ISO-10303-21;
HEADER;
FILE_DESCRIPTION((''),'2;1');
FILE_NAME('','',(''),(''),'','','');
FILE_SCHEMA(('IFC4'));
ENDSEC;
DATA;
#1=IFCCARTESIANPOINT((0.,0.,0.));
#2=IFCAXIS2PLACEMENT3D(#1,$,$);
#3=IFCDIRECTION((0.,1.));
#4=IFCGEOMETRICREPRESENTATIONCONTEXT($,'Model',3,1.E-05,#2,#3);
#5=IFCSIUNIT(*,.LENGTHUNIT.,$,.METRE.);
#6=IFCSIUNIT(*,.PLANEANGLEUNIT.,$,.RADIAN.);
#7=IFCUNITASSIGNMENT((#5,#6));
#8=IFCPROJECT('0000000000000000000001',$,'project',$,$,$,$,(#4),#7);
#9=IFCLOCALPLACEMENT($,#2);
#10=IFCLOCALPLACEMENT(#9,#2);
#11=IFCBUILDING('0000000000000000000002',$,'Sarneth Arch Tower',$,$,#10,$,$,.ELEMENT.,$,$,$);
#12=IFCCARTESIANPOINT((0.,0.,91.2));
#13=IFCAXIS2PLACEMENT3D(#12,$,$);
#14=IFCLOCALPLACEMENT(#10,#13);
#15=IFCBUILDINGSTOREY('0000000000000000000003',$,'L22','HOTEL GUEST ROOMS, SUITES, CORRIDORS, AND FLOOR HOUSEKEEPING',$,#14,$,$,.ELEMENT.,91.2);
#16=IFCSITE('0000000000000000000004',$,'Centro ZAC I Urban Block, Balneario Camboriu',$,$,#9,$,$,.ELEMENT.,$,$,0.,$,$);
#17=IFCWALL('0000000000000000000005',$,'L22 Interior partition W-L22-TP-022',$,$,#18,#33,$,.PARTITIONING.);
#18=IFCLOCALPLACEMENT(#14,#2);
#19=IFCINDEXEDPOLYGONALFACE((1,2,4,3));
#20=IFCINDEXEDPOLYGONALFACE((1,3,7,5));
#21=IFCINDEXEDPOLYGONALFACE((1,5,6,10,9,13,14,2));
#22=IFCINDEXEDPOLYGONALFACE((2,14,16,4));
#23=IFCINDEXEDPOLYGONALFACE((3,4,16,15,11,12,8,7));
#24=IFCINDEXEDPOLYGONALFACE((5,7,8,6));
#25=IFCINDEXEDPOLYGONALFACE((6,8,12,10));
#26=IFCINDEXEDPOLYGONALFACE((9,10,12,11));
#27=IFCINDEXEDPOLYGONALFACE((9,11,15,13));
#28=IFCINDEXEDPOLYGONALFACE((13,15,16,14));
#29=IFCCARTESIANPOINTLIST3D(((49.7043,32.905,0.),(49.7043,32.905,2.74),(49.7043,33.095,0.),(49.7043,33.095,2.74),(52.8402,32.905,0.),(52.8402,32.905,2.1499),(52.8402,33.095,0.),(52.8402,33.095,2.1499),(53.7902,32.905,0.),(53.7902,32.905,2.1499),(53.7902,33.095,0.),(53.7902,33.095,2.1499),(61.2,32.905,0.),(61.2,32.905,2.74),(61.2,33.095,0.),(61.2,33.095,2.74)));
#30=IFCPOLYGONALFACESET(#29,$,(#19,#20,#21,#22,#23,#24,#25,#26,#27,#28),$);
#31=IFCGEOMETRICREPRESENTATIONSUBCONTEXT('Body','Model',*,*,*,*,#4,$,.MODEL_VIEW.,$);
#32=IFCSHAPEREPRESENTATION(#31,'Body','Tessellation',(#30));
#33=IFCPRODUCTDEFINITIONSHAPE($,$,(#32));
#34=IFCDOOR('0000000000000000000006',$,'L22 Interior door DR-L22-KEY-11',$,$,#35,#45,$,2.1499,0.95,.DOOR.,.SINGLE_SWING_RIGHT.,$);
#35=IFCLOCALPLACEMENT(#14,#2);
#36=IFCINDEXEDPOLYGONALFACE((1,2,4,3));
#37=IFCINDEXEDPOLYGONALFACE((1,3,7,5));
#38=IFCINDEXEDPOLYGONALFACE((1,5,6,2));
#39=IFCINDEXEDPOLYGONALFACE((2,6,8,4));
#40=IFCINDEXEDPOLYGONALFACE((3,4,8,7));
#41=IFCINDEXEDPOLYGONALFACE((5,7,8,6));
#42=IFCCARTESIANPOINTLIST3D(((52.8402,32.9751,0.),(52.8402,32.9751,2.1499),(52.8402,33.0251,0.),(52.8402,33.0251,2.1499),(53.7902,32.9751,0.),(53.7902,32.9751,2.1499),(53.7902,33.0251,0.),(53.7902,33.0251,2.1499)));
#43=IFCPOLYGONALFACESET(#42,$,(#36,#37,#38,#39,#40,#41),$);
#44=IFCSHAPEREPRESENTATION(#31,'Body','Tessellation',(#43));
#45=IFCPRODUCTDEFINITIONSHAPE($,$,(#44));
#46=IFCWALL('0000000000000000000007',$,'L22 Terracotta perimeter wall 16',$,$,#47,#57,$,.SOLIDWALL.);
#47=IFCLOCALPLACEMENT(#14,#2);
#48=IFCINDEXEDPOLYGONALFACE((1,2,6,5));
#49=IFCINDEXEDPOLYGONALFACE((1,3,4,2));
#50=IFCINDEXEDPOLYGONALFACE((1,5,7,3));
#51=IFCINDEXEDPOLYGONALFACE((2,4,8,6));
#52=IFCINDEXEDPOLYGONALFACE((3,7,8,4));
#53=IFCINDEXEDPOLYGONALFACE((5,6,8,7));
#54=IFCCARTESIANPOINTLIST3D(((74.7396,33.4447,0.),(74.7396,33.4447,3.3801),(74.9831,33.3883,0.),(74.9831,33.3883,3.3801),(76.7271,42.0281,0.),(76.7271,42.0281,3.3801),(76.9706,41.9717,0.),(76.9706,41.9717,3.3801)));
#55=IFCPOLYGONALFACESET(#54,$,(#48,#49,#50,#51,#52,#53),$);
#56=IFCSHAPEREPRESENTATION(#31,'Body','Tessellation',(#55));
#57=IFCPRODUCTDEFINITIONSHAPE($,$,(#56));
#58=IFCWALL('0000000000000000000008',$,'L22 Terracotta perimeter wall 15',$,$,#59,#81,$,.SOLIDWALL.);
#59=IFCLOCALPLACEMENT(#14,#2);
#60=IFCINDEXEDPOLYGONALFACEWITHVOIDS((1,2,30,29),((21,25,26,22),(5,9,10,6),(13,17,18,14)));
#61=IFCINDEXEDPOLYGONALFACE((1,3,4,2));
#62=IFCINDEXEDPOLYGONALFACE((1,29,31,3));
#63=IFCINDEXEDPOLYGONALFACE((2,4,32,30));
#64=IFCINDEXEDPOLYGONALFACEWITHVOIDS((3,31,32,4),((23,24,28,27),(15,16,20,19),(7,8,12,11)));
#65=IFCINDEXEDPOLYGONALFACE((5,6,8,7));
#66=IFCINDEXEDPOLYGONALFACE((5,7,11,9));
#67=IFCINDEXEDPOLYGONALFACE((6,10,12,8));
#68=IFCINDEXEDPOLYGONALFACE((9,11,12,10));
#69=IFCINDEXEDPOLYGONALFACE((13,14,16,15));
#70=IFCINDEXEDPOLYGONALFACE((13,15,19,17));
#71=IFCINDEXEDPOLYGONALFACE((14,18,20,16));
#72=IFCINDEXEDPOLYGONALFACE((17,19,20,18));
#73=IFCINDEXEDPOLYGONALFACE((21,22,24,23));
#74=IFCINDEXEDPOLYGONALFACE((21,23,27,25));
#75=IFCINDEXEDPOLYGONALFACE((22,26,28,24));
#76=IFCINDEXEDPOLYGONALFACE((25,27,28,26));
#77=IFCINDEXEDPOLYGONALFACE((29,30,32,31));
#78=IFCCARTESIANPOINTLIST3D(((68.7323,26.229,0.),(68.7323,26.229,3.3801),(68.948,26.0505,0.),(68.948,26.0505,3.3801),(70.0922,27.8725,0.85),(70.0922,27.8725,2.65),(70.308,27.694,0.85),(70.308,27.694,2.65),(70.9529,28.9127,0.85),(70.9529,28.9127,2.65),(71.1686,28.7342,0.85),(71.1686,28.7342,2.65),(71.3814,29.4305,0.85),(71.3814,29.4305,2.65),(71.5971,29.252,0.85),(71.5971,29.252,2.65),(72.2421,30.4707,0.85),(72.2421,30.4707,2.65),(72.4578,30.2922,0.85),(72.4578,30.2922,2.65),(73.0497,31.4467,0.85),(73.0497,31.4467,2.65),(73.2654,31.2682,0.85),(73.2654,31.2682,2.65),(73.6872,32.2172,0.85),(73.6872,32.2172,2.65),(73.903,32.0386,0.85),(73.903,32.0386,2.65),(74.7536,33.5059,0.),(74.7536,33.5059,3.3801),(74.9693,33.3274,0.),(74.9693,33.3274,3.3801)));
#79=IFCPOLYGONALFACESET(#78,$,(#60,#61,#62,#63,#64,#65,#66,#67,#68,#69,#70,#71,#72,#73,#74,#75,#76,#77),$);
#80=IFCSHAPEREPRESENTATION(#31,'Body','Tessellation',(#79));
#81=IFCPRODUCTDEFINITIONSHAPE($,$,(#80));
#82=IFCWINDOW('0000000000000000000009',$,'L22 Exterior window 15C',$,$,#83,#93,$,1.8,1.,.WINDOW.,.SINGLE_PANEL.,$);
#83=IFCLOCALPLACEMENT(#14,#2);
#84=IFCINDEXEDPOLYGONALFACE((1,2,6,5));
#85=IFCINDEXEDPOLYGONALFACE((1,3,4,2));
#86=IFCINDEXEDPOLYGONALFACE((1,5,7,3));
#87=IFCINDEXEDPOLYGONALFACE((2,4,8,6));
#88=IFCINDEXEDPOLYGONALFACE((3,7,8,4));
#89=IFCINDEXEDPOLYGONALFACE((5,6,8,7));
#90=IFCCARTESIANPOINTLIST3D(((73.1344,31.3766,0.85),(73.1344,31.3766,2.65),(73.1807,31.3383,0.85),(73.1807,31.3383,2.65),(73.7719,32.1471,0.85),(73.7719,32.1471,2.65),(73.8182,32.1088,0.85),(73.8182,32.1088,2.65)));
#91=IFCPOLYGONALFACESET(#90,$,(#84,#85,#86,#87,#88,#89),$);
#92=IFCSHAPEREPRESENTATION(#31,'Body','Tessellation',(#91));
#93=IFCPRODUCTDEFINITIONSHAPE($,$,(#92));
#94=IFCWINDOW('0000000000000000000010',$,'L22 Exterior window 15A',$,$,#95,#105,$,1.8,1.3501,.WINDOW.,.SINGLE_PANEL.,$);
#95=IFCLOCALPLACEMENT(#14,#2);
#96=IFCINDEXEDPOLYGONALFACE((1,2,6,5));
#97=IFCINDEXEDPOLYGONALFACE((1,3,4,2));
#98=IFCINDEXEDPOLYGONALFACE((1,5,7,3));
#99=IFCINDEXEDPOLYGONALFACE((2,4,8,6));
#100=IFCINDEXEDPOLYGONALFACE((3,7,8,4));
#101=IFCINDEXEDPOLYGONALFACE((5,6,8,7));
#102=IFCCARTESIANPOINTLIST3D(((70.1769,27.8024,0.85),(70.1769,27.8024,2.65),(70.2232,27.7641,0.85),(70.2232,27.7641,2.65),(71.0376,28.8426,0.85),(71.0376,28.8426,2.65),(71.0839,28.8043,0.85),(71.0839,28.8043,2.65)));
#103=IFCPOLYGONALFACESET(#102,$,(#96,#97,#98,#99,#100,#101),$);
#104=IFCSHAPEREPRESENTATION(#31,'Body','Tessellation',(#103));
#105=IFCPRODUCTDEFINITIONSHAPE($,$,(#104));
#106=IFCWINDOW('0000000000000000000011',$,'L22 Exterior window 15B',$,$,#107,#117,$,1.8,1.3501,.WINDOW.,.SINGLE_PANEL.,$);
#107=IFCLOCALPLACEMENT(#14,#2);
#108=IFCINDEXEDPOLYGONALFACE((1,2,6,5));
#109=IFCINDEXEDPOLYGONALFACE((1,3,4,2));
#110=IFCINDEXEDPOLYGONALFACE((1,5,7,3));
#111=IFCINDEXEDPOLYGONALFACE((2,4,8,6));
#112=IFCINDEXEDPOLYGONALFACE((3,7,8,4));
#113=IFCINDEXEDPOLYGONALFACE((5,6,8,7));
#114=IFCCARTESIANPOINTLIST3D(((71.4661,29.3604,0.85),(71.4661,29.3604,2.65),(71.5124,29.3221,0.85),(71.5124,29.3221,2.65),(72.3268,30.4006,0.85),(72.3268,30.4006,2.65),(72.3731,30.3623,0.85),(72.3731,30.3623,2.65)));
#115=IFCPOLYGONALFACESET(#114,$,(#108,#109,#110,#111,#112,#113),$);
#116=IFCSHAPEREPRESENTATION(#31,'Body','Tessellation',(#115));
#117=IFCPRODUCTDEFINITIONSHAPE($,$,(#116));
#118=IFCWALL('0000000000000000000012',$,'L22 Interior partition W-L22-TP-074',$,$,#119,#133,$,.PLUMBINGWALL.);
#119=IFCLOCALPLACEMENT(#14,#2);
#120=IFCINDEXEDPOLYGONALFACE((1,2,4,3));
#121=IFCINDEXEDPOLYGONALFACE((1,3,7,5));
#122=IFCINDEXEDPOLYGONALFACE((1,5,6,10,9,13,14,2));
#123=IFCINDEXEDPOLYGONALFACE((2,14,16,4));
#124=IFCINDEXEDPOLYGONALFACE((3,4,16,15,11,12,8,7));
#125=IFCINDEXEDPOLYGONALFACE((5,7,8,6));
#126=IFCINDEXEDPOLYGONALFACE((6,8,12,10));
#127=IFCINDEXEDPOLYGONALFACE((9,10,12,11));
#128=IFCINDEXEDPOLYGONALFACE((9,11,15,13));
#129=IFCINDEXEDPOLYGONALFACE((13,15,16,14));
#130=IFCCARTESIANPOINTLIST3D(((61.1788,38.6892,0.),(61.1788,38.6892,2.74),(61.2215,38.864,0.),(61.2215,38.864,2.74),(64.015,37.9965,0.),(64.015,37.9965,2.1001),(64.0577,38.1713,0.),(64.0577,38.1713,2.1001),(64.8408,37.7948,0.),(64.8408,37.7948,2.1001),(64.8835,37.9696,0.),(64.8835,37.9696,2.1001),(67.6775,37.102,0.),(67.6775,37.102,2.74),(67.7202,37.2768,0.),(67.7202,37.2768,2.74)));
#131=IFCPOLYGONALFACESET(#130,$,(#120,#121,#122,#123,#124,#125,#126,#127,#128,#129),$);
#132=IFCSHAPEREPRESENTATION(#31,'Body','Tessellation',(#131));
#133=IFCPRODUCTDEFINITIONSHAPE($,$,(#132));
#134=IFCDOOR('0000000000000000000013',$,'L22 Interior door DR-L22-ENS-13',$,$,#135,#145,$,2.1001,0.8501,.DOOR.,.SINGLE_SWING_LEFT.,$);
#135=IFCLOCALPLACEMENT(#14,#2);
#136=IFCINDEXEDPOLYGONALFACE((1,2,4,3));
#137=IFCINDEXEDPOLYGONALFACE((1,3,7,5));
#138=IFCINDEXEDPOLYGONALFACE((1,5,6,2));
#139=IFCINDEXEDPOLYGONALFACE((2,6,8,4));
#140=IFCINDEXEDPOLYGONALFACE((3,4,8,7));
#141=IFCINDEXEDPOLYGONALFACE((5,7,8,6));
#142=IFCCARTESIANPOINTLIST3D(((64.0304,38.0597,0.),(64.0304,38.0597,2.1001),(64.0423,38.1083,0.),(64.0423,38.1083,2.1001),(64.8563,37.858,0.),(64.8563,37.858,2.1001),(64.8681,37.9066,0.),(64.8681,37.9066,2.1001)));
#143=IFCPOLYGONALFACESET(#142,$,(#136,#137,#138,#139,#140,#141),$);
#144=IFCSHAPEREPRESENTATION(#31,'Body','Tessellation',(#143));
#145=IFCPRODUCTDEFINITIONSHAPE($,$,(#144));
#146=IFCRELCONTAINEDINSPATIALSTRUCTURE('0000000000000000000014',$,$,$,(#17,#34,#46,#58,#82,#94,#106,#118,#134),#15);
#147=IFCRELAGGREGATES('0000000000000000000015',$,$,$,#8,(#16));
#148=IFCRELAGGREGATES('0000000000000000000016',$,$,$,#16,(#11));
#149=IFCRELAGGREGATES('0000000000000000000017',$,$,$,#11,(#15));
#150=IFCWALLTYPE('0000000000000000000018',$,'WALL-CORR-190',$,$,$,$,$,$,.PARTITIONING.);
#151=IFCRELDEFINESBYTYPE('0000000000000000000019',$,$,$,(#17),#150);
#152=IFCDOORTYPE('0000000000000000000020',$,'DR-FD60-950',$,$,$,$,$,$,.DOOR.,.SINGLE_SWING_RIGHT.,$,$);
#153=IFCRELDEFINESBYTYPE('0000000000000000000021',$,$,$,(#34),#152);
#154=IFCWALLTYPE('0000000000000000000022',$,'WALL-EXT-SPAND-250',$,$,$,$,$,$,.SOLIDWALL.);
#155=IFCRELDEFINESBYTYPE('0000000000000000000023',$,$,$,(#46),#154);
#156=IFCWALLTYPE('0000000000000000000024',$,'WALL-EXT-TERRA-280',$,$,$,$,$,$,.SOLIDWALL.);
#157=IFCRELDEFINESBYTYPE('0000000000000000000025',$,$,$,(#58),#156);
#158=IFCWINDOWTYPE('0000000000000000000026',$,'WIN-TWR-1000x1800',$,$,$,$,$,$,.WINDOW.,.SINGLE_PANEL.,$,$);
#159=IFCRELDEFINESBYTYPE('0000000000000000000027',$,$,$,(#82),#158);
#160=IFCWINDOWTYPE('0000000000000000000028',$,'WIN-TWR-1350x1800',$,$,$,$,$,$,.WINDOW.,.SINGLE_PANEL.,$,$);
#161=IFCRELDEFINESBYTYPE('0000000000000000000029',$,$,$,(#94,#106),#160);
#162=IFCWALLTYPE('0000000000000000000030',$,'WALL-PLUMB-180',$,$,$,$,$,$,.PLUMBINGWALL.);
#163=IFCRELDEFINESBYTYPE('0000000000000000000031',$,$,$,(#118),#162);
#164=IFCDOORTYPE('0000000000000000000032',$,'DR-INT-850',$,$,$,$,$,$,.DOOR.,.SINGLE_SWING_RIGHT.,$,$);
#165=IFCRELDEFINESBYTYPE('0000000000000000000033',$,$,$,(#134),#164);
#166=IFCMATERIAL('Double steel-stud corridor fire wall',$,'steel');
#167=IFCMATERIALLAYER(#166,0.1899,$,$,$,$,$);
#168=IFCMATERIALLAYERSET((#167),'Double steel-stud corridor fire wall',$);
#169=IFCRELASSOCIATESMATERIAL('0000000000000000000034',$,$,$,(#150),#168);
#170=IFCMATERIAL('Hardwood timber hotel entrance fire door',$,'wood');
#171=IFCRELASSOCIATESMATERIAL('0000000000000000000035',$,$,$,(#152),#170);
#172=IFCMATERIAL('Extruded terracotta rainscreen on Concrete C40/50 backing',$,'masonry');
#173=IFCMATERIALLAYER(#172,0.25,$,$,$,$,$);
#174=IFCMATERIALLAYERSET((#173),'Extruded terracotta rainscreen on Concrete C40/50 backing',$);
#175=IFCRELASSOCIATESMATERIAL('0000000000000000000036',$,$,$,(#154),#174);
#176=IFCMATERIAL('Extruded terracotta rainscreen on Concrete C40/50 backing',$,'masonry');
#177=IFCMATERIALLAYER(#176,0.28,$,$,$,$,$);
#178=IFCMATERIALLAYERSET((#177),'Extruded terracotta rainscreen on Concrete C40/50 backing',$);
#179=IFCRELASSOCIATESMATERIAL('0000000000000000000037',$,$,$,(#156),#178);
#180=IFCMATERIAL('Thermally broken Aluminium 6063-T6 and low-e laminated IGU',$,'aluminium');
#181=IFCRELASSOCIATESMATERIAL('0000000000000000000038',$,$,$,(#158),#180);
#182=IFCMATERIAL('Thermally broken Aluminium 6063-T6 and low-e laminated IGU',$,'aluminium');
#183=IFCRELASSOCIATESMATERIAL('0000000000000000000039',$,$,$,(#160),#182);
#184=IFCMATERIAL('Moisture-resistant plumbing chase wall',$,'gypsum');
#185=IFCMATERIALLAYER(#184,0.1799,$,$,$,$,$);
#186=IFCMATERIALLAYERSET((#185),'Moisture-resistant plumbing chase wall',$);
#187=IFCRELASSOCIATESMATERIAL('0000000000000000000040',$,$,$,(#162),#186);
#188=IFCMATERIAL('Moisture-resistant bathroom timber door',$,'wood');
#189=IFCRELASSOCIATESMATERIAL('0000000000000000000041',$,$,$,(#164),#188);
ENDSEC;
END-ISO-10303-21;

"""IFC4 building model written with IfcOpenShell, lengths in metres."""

from ifc_helpers import new_model, si_unit, direction, frame, frame_2d, origin, place, context, subcontext, project, spatial, rectangle, extrude, material, layer, layer_set, type_object, element, fill, save


model = new_model("IFC4")

# Units and contexts
model_context = context("Model", 3, precision=1e-05, world=origin(), true_north=direction((0.0, 1.0)))
body_context = subcontext(model_context, "Body", "Model", "MODEL_VIEW")
ifc_project = project(units=[si_unit("LENGTHUNIT", "METRE"), si_unit("PLANEANGLEUNIT", "RADIAN")], contexts=[model_context])

# Site, building, storey
site_placement = place(None, origin())
site = spatial("IfcSite", under=ifc_project, at=site_placement, Name="Centro ZAC I Urban Block, Balneario Camboriu", CompositionType="ELEMENT", RefElevation=0.0)
building_placement = place(site_placement, origin())
building = spatial("IfcBuilding", under=site, at=building_placement, Name="Sarneth Arch Tower", CompositionType="ELEMENT")
storey_placement = place(building_placement, frame((0.0, 0.0, 91.2)))
storey = spatial("IfcBuildingStorey", under=building, at=storey_placement, Name="L22", Description="HOTEL GUEST ROOMS, SUITES, CORRIDORS, AND FLOOR HOUSEKEEPING", CompositionType="ELEMENT", Elevation=91.2)

# Wall, opening, door
ifc_material_1 = material(Name="Double steel-stud corridor fire wall", Category="steel")
ifc_layer_1 = layer(ifc_material_1, 0.1899)
ifc_layer_set_1 = layer_set([ifc_layer_1], Name="Double steel-stud corridor fire wall")
wall_type_1 = type_object("IfcWallType", Name="WALL-CORR-190", PredefinedType="PARTITIONING", material=ifc_layer_set_1)
wall_1_placement = place(storey_placement, frame((61.2, 33.0, 0.0), z_axis=(0.0, 0.0, 1.0), x_axis=(-1.0, 0.0, 0.0)))
wall_1 = element("IfcWall", 1, at=wall_1_placement, inside=storey, type_object=wall_type_1, Name="L22 Interior partition W-L22-TP-022", PredefinedType="PARTITIONING", context=body_context, shape_type="SweptSolid", body=[
    extrude(rectangle(XDim=11.4956, YDim=0.1899, at=frame_2d((5.7478, 0.0))), origin(), (0.0, 0.0, 1.0), 2.74),
])
opening_1_placement = place(wall_1_placement, frame((7.4097, 0.0, 0.0)))
opening_1 = element("IfcOpeningElement", 2, at=opening_1_placement, cuts=wall_1, PredefinedType="OPENING", context=body_context, shape_type="SweptSolid", body=[
    extrude(rectangle(XDim=0.95, YDim=2.1499, at=frame_2d((0.4751, 1.075))), frame((0.0, 0.105, 0.0), z_axis=(0.0, -1.0, 0.0), x_axis=(1.0, 0.0, 0.0)), (0.0, 0.0, 1.0), 0.21),
])
ifc_material_2 = material(Name="Hardwood timber hotel entrance fire door", Category="wood")
door_type_1 = type_object("IfcDoorType", Name="DR-FD60-950", OperationType="SINGLE_SWING_RIGHT", PredefinedType="DOOR", material=ifc_material_2)
door_1_placement = place(opening_1_placement, origin())
door_1 = element("IfcDoor", 3, at=door_1_placement, inside=storey, type_object=door_type_1, Name="L22 Interior door DR-L22-KEY-11", OperationType="SINGLE_SWING_RIGHT", OverallHeight=2.1499, OverallWidth=0.95, PredefinedType="DOOR", context=body_context, shape_type="SweptSolid", body=[
    extrude(rectangle(XDim=0.95, YDim=2.1499, at=frame_2d((0.4751, 1.075))), frame((0.0, 0.0249, 0.0), z_axis=(0.0, -1.0, 0.0), x_axis=(1.0, 0.0, 0.0)), (0.0, 0.0, 1.0), 0.05),
])
fill(opening_1, door_1)

# Wall
ifc_material_3 = material(Name="Extruded terracotta rainscreen on Concrete C40/50 backing", Category="masonry")
ifc_layer_2 = layer(ifc_material_3, 0.25)
ifc_layer_set_2 = layer_set([ifc_layer_2], Name="Extruded terracotta rainscreen on Concrete C40/50 backing")
wall_type_2 = type_object("IfcWallType", Name="WALL-EXT-SPAND-250", PredefinedType="SOLIDWALL", material=ifc_layer_set_2)
wall_2_placement = place(storey_placement, frame((74.8613, 33.4165, 0.0), z_axis=(0.0, 0.0, 1.0), x_axis=(0.225586, 0.974223, 0.0)))
element("IfcWall", 4, at=wall_2_placement, inside=storey, type_object=wall_type_2, Name="L22 Terracotta perimeter wall 16", PredefinedType="SOLIDWALL", context=body_context, shape_type="SweptSolid", body=[
    extrude(rectangle(XDim=8.8105, YDim=0.25, at=frame_2d((4.4053, 0.0))), origin(), (0.0, 0.0, 1.0), 3.3801),
])

# Wall, openings, windows
ifc_material_4 = material(Name="Extruded terracotta rainscreen on Concrete C40/50 backing", Category="masonry")
ifc_layer_3 = layer(ifc_material_4, 0.28)
ifc_layer_set_3 = layer_set([ifc_layer_3], Name="Extruded terracotta rainscreen on Concrete C40/50 backing")
wall_type_3 = type_object("IfcWallType", Name="WALL-EXT-TERRA-280", PredefinedType="SOLIDWALL", material=ifc_layer_set_3)
wall_3_placement = place(storey_placement, frame((68.8401, 26.1396, 0.0), z_axis=(0.0, 0.0, 1.0), x_axis=(0.637506, 0.770446, 0.0)))
wall_3 = element("IfcWall", 5, at=wall_3_placement, inside=storey, type_object=wall_type_3, Name="L22 Terracotta perimeter wall 15", PredefinedType="SOLIDWALL", context=body_context, shape_type="SweptSolid", body=[
    extrude(rectangle(XDim=9.4451, YDim=0.28, at=frame_2d((4.7227, 0.0))), origin(), (0.0, 0.0, 1.0), 3.3801),
])
opening_2_placement = place(wall_3_placement, frame((2.1333, 0.0, 0.8501)))
opening_2 = element("IfcOpeningElement", 6, at=opening_2_placement, cuts=wall_3, PredefinedType="OPENING", context=body_context, shape_type="SweptSolid", body=[
    extrude(rectangle(XDim=1.3501, YDim=1.8, at=frame_2d((0.675, 0.8999))), frame((0.0, 0.1499, 0.0), z_axis=(0.0, -1.0, 0.0), x_axis=(1.0, 0.0, 0.0)), (0.0, 0.0, 1.0), 0.3),
])
opening_3_placement = place(wall_3_placement, frame((4.1555, 0.0, 0.8501)))
opening_3 = element("IfcOpeningElement", 7, at=opening_3_placement, cuts=wall_3, PredefinedType="OPENING", context=body_context, shape_type="SweptSolid", body=[
    extrude(rectangle(XDim=1.3501, YDim=1.8, at=frame_2d((0.675, 0.8999))), frame((0.0, 0.1499, 0.0), z_axis=(0.0, -1.0, 0.0), x_axis=(1.0, 0.0, 0.0)), (0.0, 0.0, 1.0), 0.3),
])
opening_4_placement = place(wall_3_placement, frame((6.7725, 0.0, 0.8501)))
opening_4 = element("IfcOpeningElement", 8, at=opening_4_placement, cuts=wall_3, PredefinedType="OPENING", context=body_context, shape_type="SweptSolid", body=[
    extrude(rectangle(XDim=1.0, YDim=1.8, at=frame_2d((0.5, 0.8999))), frame((0.0, 0.1499, 0.0), z_axis=(0.0, -1.0, 0.0), x_axis=(1.0, 0.0, 0.0)), (0.0, 0.0, 1.0), 0.3),
])
ifc_material_5 = material(Name="Thermally broken Aluminium 6063-T6 and low-e laminated IGU", Category="aluminium")
window_type_1 = type_object("IfcWindowType", Name="WIN-TWR-1000x1800", PartitioningType="SINGLE_PANEL", PredefinedType="WINDOW", material=ifc_material_5)
window_1_placement = place(opening_4_placement, origin())
window_1 = element("IfcWindow", 9, at=window_1_placement, inside=storey, type_object=window_type_1, Name="L22 Exterior window 15C", OverallHeight=1.8, OverallWidth=1.0, PartitioningType="SINGLE_PANEL", PredefinedType="WINDOW", context=body_context, shape_type="SweptSolid", body=[
    extrude(rectangle(XDim=1.0, YDim=1.8, at=frame_2d((0.5, 0.8999))), frame((0.0, 0.03, 0.0), z_axis=(0.0, -1.0, 0.0), x_axis=(1.0, 0.0, 0.0)), (0.0, 0.0, 1.0), 0.0601),
])
fill(opening_4, window_1)
ifc_material_6 = material(Name="Thermally broken Aluminium 6063-T6 and low-e laminated IGU", Category="aluminium")
window_type_2 = type_object("IfcWindowType", Name="WIN-TWR-1350x1800", PartitioningType="SINGLE_PANEL", PredefinedType="WINDOW", material=ifc_material_6)
window_2_placement = place(opening_2_placement, origin())
window_2 = element("IfcWindow", 10, at=window_2_placement, inside=storey, type_object=window_type_2, Name="L22 Exterior window 15A", OverallHeight=1.8, OverallWidth=1.3501, PartitioningType="SINGLE_PANEL", PredefinedType="WINDOW", context=body_context, shape_type="SweptSolid", body=[
    extrude(rectangle(XDim=1.3501, YDim=1.8, at=frame_2d((0.675, 0.8999))), frame((0.0, 0.03, 0.0), z_axis=(0.0, -1.0, 0.0), x_axis=(1.0, 0.0, 0.0)), (0.0, 0.0, 1.0), 0.0601),
])
fill(opening_2, window_2)
window_3_placement = place(opening_3_placement, origin())
window_3 = element("IfcWindow", 11, at=window_3_placement, inside=storey, type_object=window_type_2, Name="L22 Exterior window 15B", OverallHeight=1.8, OverallWidth=1.3501, PartitioningType="SINGLE_PANEL", PredefinedType="WINDOW", context=body_context, shape_type="SweptSolid", body=[
    extrude(rectangle(XDim=1.3501, YDim=1.8, at=frame_2d((0.675, 0.8999))), frame((0.0, 0.03, 0.0), z_axis=(0.0, -1.0, 0.0), x_axis=(1.0, 0.0, 0.0)), (0.0, 0.0, 1.0), 0.0601),
])
fill(opening_3, window_3)

# Wall, opening, door
ifc_material_7 = material(Name="Moisture-resistant plumbing chase wall", Category="gypsum")
ifc_layer_4 = layer(ifc_material_7, 0.1799)
ifc_layer_set_4 = layer_set([ifc_layer_4], Name="Moisture-resistant plumbing chase wall")
wall_type_4 = type_object("IfcWallType", Name="WALL-PLUMB-180", PredefinedType="PLUMBINGWALL", material=ifc_layer_set_4)
wall_4_placement = place(storey_placement, frame((67.6987, 37.1895, 0.0), z_axis=(0.0, 0.0, 1.0), x_axis=(-0.971448, 0.237251, 0.0)))
wall_4 = element("IfcWall", 12, at=wall_4_placement, inside=storey, type_object=wall_type_4, Name="L22 Interior partition W-L22-TP-074", PredefinedType="PLUMBINGWALL", context=body_context, shape_type="SweptSolid", body=[
    extrude(rectangle(XDim=6.6897, YDim=0.1799, at=frame_2d((3.3447, 0.0))), origin(), (0.0, 0.0, 1.0), 2.74),
])
opening_5_placement = place(wall_4_placement, frame((2.9199, 0.0, 0.0)))
opening_5 = element("IfcOpeningElement", 13, at=opening_5_placement, cuts=wall_4, PredefinedType="OPENING", context=body_context, shape_type="SweptSolid", body=[
    extrude(rectangle(XDim=0.8501, YDim=2.1001, at=frame_2d((0.425, 1.05))), frame((0.0, 0.0999, 0.0), z_axis=(0.0, -1.0, 0.0), x_axis=(1.0, 0.0, 0.0)), (0.0, 0.0, 1.0), 0.2),
])
ifc_material_8 = material(Name="Moisture-resistant bathroom timber door", Category="wood")
door_type_2 = type_object("IfcDoorType", Name="DR-INT-850", OperationType="SINGLE_SWING_RIGHT", PredefinedType="DOOR", material=ifc_material_8)
door_2_placement = place(opening_5_placement, origin())
door_2 = element("IfcDoor", 14, at=door_2_placement, inside=storey, type_object=door_type_2, Name="L22 Interior door DR-L22-ENS-13", OperationType="SINGLE_SWING_LEFT", OverallHeight=2.1001, OverallWidth=0.8501, PredefinedType="DOOR", context=body_context, shape_type="SweptSolid", body=[
    extrude(rectangle(XDim=0.8501, YDim=2.1001, at=frame_2d((0.425, 1.05))), frame((0.0, 0.0249, 0.0), z_axis=(0.0, -1.0, 0.0), x_axis=(1.0, 0.0, 0.0)), (0.0, 0.0, 1.0), 0.05),
])
fill(opening_5, door_2)

save(model, "model.ifc")
